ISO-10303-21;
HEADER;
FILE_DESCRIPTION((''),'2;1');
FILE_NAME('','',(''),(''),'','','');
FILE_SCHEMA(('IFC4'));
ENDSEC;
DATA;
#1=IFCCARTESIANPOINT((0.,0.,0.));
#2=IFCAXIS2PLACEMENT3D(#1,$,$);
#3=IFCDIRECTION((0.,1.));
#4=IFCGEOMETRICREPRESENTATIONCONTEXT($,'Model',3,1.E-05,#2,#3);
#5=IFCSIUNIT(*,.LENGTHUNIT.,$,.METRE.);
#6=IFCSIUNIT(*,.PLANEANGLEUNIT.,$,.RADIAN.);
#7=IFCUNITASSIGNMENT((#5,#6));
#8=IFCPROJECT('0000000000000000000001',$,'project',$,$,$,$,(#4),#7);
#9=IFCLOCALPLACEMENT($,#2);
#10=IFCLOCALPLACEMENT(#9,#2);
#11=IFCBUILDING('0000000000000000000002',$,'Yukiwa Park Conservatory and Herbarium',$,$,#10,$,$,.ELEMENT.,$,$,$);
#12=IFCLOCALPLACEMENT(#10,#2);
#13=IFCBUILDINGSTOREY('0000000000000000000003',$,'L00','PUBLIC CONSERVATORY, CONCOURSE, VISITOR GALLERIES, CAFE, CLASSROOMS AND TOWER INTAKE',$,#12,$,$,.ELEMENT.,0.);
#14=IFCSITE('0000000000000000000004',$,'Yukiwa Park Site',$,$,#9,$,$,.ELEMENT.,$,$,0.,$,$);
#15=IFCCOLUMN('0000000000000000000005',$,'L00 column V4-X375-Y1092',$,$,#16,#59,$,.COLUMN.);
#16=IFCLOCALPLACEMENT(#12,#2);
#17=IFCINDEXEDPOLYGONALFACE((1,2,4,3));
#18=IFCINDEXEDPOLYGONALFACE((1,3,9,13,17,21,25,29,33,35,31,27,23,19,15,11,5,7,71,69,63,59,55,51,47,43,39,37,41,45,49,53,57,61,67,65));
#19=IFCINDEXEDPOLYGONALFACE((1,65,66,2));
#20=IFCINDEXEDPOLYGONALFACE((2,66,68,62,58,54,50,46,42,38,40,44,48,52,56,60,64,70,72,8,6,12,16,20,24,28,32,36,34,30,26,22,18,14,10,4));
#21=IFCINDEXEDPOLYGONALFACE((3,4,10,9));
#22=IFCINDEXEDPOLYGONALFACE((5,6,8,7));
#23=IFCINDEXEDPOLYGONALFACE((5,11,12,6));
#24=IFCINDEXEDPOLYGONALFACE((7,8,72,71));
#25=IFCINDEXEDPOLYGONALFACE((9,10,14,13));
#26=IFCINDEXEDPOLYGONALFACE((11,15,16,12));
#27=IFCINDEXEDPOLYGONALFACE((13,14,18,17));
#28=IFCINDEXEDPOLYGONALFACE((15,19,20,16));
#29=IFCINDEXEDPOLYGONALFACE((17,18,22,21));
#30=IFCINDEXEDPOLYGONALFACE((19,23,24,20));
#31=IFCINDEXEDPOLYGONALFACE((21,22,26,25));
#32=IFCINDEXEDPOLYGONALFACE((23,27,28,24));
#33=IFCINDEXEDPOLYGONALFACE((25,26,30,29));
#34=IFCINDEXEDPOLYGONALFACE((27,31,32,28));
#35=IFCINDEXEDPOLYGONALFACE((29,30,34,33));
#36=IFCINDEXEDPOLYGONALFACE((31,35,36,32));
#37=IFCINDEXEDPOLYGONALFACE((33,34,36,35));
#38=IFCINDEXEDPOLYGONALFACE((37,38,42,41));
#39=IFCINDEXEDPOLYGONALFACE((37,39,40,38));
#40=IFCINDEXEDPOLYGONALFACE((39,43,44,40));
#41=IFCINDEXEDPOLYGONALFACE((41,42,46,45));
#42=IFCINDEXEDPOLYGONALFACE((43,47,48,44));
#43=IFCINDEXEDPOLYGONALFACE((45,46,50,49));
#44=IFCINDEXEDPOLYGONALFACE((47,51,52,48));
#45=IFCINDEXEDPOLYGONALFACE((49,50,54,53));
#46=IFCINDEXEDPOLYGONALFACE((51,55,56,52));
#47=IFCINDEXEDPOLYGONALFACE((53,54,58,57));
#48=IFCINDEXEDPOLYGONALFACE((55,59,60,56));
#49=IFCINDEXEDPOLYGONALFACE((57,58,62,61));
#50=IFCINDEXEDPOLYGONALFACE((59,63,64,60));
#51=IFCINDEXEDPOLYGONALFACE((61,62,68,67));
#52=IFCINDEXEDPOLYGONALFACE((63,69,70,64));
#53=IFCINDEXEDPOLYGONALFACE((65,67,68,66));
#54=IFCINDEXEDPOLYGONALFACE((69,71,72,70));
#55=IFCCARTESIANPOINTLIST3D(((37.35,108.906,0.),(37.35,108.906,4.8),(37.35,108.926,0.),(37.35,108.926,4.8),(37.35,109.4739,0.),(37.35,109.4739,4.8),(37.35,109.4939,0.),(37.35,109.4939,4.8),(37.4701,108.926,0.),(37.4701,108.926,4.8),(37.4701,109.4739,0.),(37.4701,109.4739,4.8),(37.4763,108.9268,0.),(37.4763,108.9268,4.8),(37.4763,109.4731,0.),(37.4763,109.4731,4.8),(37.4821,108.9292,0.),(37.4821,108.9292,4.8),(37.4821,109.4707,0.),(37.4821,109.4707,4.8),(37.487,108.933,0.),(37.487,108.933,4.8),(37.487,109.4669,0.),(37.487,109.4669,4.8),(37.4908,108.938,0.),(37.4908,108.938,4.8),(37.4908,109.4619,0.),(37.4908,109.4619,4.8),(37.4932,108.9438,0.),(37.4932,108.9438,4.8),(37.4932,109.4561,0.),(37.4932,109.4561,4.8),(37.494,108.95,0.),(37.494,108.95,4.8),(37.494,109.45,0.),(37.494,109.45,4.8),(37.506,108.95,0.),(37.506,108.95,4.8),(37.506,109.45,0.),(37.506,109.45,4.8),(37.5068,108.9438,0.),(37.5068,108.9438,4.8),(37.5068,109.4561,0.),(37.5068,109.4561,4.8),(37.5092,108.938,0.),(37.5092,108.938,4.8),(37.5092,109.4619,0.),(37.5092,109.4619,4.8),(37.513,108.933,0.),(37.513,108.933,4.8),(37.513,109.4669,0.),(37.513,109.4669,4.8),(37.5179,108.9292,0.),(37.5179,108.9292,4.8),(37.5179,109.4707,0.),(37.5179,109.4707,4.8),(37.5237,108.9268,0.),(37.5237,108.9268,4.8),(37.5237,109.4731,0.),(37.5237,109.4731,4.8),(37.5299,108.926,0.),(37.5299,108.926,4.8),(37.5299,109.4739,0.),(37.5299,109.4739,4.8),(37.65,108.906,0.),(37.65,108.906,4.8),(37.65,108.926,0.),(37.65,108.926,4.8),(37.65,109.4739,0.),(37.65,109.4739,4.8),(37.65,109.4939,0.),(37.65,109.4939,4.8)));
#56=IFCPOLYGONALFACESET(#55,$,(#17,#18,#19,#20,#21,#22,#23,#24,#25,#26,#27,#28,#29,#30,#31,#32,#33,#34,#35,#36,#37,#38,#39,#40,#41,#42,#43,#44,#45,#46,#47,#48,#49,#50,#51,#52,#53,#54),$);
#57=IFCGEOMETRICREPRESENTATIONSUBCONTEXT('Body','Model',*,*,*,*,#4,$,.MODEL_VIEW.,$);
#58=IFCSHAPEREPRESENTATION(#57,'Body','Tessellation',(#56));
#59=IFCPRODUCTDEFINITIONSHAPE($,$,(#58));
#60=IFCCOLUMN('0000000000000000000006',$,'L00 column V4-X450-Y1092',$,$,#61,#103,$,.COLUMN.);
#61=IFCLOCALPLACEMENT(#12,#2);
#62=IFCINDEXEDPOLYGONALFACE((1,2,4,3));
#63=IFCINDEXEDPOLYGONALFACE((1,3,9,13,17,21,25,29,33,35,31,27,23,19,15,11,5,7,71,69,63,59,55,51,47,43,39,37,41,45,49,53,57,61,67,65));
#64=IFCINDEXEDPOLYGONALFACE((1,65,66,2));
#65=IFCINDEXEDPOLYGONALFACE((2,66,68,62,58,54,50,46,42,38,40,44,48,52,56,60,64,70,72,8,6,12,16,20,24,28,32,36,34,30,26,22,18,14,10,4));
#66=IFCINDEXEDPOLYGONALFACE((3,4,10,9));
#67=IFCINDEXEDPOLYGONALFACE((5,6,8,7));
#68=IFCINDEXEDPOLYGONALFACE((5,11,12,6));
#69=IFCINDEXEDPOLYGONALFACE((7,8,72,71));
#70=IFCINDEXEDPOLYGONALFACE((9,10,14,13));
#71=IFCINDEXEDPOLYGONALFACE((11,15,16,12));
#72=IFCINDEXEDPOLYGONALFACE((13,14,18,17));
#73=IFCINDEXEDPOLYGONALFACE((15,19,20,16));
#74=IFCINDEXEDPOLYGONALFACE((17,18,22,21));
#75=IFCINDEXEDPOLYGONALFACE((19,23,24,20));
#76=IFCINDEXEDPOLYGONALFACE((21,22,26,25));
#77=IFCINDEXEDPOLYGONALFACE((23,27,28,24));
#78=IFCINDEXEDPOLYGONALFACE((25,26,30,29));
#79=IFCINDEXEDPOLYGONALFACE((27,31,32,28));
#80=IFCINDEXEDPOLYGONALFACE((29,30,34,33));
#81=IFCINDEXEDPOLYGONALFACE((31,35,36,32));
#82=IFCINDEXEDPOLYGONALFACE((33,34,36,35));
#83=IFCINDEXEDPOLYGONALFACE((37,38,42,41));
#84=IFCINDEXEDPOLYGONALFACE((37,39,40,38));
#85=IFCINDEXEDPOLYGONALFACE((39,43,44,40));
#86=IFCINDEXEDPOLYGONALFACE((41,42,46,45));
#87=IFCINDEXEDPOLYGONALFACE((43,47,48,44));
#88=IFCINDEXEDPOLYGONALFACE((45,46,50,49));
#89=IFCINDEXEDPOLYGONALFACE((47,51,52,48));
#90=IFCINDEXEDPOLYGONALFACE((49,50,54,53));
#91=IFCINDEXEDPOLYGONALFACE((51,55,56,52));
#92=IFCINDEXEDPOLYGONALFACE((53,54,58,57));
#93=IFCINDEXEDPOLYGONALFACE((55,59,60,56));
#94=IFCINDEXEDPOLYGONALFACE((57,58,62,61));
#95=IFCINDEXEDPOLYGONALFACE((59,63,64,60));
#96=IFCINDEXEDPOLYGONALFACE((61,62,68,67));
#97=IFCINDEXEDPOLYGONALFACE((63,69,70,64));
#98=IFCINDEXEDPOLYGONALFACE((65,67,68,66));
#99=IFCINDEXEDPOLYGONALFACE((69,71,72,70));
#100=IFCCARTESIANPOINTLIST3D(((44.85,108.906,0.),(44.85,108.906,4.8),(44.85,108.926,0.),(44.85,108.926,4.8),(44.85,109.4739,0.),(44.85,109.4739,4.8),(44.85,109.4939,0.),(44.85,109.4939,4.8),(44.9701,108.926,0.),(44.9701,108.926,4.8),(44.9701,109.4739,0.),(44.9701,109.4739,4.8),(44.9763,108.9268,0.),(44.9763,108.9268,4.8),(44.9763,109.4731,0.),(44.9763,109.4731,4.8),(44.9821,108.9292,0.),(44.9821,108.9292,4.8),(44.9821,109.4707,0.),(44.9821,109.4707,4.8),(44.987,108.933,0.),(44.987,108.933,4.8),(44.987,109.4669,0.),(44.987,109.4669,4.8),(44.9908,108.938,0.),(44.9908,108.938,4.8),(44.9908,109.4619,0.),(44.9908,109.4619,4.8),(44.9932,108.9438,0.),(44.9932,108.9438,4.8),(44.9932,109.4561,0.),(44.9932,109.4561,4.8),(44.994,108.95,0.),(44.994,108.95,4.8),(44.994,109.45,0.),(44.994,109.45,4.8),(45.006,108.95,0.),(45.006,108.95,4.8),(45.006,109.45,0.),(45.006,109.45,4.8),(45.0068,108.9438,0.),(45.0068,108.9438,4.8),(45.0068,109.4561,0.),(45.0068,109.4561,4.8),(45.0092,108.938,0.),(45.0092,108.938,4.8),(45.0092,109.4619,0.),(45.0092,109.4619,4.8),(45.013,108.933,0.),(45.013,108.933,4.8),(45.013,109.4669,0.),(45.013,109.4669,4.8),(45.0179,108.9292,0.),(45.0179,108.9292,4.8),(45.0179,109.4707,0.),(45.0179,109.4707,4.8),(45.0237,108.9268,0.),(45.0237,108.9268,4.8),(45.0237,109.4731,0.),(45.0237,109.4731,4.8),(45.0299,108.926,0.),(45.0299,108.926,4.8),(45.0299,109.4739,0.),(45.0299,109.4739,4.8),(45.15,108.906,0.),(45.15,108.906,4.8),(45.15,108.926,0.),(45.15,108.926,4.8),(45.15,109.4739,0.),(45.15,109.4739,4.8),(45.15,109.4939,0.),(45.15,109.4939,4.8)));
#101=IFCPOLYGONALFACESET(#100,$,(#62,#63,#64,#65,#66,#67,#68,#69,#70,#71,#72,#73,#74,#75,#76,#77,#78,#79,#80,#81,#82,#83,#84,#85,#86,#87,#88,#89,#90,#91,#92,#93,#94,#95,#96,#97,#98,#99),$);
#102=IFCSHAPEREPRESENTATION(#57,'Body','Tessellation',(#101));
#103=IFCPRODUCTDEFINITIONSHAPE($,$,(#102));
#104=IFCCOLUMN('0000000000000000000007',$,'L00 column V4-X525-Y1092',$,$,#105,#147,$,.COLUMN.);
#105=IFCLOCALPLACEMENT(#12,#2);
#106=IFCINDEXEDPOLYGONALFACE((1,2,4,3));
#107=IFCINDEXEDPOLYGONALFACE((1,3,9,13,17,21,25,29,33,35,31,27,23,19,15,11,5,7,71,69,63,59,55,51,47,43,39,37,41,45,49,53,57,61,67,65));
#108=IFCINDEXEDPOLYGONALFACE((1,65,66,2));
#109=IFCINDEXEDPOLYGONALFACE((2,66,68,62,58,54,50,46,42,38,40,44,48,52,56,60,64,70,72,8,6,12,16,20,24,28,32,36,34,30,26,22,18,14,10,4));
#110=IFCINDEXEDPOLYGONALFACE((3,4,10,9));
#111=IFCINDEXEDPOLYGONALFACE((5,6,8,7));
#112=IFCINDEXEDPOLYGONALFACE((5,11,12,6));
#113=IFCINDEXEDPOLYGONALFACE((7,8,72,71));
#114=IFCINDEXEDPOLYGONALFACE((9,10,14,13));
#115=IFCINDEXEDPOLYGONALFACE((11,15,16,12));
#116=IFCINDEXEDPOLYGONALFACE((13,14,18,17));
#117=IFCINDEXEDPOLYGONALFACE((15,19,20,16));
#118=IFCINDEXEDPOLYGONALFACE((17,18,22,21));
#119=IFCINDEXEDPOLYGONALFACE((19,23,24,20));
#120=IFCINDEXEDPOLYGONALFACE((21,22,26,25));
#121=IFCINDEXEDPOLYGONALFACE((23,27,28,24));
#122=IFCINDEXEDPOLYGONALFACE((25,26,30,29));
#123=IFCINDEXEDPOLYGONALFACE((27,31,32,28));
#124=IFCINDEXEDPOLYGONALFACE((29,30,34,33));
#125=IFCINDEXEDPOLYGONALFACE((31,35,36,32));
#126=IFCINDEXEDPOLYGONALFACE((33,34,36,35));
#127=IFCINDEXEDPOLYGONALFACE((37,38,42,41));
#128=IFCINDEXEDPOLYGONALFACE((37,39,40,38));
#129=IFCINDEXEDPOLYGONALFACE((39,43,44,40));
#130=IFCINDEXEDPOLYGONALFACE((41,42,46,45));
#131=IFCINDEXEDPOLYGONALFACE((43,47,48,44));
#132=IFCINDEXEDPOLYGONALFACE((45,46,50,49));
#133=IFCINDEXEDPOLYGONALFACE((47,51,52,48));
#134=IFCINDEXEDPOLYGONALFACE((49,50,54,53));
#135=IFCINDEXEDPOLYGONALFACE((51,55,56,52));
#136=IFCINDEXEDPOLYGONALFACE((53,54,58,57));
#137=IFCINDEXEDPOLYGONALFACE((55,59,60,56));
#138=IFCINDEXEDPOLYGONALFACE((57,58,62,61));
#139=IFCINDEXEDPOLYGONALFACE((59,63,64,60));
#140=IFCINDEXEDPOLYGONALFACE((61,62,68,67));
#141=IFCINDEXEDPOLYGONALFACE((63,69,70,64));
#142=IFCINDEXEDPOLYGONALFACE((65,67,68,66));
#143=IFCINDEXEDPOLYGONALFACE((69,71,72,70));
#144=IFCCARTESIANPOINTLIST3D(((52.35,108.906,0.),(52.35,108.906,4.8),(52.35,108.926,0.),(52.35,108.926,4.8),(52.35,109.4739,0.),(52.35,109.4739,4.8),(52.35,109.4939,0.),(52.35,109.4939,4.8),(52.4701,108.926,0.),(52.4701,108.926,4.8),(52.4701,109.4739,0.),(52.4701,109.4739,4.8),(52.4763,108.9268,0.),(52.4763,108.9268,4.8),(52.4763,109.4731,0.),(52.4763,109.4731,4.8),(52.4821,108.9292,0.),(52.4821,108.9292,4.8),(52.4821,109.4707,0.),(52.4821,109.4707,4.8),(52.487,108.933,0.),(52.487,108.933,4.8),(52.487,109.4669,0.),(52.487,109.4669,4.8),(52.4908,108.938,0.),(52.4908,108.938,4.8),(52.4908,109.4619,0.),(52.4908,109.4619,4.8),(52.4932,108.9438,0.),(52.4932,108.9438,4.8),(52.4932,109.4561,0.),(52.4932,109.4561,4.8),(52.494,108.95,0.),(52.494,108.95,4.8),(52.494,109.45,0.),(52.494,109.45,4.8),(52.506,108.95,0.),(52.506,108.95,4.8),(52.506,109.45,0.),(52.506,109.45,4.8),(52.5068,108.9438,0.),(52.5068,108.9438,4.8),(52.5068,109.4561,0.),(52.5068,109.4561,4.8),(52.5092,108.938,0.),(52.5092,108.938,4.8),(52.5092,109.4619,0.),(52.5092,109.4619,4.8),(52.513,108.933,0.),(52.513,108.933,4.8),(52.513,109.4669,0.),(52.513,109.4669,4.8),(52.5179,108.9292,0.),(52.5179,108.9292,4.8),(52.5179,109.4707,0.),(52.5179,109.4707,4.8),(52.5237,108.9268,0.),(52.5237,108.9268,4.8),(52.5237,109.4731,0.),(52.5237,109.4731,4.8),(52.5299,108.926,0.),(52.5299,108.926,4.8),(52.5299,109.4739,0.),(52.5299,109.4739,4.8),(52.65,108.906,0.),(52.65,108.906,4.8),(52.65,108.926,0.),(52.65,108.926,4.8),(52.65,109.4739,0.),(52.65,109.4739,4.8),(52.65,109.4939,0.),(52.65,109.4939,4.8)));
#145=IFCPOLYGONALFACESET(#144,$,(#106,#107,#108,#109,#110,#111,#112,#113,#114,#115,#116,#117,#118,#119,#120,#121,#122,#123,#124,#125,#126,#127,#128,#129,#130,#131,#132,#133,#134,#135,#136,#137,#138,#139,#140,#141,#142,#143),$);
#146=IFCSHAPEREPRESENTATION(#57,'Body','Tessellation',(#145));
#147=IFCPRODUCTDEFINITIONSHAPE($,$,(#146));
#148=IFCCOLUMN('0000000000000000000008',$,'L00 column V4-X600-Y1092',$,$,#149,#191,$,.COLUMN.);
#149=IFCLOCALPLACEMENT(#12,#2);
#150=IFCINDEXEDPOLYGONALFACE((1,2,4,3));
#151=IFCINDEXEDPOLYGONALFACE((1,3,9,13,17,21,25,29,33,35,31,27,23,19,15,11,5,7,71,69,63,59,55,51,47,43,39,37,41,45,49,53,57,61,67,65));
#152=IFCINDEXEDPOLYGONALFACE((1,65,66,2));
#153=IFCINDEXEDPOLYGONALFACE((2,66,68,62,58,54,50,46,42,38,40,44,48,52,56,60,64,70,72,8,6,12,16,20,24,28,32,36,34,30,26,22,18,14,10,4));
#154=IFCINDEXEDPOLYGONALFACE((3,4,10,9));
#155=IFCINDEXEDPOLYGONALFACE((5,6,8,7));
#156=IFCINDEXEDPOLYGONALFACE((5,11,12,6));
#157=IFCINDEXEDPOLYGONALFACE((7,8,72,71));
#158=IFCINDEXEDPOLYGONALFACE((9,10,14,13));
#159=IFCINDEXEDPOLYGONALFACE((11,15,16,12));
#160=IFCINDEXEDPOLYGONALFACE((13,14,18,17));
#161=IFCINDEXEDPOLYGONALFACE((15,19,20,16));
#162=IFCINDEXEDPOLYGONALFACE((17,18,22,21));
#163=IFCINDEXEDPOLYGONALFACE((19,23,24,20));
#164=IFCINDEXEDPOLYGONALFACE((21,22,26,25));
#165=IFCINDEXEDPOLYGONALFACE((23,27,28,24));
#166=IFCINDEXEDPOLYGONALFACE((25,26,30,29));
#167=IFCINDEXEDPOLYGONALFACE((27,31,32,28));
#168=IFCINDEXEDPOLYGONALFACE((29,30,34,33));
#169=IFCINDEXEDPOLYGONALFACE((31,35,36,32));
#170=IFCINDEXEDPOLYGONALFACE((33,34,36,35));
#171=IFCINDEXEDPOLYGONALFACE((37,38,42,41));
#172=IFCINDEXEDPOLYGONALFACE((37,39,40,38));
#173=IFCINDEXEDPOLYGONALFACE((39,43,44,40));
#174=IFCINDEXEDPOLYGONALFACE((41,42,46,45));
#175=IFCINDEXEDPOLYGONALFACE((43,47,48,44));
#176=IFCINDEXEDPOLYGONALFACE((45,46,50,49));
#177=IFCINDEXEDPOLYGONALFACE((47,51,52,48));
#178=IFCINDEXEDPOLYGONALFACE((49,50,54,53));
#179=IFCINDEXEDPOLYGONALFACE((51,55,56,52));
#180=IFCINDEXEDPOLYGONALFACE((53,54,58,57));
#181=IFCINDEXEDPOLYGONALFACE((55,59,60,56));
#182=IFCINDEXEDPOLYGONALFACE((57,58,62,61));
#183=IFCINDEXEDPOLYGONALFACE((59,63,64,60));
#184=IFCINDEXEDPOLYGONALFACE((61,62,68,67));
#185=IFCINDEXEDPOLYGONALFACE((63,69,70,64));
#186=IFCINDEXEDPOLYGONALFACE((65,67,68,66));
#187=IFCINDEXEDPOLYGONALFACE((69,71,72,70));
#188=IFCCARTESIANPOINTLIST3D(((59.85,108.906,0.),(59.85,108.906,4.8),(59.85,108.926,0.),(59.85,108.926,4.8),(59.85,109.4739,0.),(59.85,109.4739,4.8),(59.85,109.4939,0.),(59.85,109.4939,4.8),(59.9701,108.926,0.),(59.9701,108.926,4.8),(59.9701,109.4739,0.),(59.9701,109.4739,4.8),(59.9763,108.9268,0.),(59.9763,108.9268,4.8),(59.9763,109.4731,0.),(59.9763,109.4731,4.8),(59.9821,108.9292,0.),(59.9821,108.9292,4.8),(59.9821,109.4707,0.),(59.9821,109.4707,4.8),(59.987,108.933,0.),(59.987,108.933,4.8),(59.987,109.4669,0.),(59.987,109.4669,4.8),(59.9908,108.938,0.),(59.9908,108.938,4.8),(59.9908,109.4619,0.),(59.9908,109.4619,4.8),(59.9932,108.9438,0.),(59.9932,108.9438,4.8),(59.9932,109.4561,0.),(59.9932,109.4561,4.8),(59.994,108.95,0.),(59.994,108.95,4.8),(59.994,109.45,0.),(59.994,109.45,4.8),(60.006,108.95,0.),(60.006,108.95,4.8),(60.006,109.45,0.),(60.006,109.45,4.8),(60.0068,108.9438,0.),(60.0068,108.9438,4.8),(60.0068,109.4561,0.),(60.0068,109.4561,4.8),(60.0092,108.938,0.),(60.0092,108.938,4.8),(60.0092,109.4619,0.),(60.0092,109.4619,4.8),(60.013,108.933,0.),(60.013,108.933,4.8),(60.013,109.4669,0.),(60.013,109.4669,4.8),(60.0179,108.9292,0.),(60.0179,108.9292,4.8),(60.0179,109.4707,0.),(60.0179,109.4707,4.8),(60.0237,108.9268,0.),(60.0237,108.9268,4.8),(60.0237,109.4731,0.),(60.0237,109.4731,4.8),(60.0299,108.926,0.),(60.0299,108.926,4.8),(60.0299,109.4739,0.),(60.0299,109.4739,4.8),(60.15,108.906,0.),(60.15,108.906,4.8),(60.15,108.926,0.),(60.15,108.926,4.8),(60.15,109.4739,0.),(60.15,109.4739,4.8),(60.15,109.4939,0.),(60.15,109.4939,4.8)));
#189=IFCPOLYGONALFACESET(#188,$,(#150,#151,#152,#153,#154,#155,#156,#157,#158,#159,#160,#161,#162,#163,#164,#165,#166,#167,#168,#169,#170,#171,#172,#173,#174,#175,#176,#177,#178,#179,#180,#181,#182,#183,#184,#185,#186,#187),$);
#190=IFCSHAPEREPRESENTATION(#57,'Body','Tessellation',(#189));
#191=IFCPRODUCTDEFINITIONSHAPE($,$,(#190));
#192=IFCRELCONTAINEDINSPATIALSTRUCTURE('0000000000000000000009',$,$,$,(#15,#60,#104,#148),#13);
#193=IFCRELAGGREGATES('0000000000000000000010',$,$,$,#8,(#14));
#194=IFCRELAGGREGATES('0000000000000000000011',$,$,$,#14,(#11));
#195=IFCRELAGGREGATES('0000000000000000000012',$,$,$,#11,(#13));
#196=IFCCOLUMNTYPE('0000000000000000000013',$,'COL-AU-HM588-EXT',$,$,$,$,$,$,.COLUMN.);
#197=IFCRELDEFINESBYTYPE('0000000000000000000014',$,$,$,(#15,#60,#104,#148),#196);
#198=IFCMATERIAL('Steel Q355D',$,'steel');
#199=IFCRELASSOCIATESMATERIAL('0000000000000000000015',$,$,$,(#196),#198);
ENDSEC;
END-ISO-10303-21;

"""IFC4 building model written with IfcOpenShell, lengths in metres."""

from ifc_helpers import new_model, si_unit, direction, frame, origin, origin_2d, place, context, subcontext, project, spatial, i_section, extrude, material, material_profile, profile_set, type_object, element, save


model = new_model("IFC4")

# Units and contexts
model_context = context("Model", 3, precision=1e-05, world=origin(), true_north=direction((0.0, 1.0)))
body_context = subcontext(model_context, "Body", "Model", "MODEL_VIEW")
ifc_project = project(units=[si_unit("LENGTHUNIT", "METRE"), si_unit("PLANEANGLEUNIT", "RADIAN")], contexts=[model_context])

# Site, building, storey
site_placement = place(None, origin())
site = spatial("IfcSite", under=ifc_project, at=site_placement, Name="Yukiwa Park Site", CompositionType="ELEMENT", RefElevation=0.0)
building_placement = place(site_placement, origin())
building = spatial("IfcBuilding", under=site, at=building_placement, Name="Yukiwa Park Conservatory and Herbarium", CompositionType="ELEMENT")
storey_placement = place(building_placement, origin())
storey = spatial("IfcBuildingStorey", under=building, at=storey_placement, Name="L00", Description="PUBLIC CONSERVATORY, CONCOURSE, VISITOR GALLERIES, CAFE, CLASSROOMS AND TOWER INTAKE", CompositionType="ELEMENT", Elevation=0.0)

# Columns
ifc_material_1 = material(Name="Steel Q355D", Category="steel")
ifc_material_profile_1 = material_profile(ifc_material_1, i_section(OverallWidth=0.3, OverallDepth=0.5879, WebThickness=0.012, FlangeThickness=0.02, FilletRadius=0.0239, at=origin_2d()), Name="HM 588x300x12x20")
ifc_profile_set_1 = profile_set([ifc_material_profile_1], Name="Steel Q355D")
column_type_1 = type_object("IfcColumnType", Name="COL-AU-HM588-EXT", PredefinedType="COLUMN", material=ifc_profile_set_1)
for number, where, z_axis, x_axis, name in (
    (1, (37.5, 109.2, 0.0), (0.0, 0.0, 1.0), (1.0, 0.0, 0.0), "L00 column V4-X375-Y1092"),
    (2, (45.0, 109.2, 0.0), (0.0, 0.0, 1.0), (1.0, 0.0, 0.0), "L00 column V4-X450-Y1092"),
    (3, (52.5, 109.2, 0.0), (0.0, 0.0, 1.0), (1.0, 0.0, 0.0), "L00 column V4-X525-Y1092"),
    (4, (60.0, 109.2, 0.0), (0.0, 0.0, 1.0), (1.0, 0.0, 0.0), "L00 column V4-X600-Y1092"),
):
    element("IfcColumn", number, at=place(storey_placement, frame(where, z_axis=z_axis, x_axis=x_axis)), inside=storey, type_object=column_type_1, Name=name, PredefinedType="COLUMN", context=body_context, shape_type="SweptSolid", body=[
        extrude(i_section(OverallWidth=0.3, OverallDepth=0.5879, WebThickness=0.012, FlangeThickness=0.02, FilletRadius=0.0239, at=origin_2d()), origin(), (0.0, 0.0, 1.0), 4.8),
    ])

save(model, "model.ifc")
